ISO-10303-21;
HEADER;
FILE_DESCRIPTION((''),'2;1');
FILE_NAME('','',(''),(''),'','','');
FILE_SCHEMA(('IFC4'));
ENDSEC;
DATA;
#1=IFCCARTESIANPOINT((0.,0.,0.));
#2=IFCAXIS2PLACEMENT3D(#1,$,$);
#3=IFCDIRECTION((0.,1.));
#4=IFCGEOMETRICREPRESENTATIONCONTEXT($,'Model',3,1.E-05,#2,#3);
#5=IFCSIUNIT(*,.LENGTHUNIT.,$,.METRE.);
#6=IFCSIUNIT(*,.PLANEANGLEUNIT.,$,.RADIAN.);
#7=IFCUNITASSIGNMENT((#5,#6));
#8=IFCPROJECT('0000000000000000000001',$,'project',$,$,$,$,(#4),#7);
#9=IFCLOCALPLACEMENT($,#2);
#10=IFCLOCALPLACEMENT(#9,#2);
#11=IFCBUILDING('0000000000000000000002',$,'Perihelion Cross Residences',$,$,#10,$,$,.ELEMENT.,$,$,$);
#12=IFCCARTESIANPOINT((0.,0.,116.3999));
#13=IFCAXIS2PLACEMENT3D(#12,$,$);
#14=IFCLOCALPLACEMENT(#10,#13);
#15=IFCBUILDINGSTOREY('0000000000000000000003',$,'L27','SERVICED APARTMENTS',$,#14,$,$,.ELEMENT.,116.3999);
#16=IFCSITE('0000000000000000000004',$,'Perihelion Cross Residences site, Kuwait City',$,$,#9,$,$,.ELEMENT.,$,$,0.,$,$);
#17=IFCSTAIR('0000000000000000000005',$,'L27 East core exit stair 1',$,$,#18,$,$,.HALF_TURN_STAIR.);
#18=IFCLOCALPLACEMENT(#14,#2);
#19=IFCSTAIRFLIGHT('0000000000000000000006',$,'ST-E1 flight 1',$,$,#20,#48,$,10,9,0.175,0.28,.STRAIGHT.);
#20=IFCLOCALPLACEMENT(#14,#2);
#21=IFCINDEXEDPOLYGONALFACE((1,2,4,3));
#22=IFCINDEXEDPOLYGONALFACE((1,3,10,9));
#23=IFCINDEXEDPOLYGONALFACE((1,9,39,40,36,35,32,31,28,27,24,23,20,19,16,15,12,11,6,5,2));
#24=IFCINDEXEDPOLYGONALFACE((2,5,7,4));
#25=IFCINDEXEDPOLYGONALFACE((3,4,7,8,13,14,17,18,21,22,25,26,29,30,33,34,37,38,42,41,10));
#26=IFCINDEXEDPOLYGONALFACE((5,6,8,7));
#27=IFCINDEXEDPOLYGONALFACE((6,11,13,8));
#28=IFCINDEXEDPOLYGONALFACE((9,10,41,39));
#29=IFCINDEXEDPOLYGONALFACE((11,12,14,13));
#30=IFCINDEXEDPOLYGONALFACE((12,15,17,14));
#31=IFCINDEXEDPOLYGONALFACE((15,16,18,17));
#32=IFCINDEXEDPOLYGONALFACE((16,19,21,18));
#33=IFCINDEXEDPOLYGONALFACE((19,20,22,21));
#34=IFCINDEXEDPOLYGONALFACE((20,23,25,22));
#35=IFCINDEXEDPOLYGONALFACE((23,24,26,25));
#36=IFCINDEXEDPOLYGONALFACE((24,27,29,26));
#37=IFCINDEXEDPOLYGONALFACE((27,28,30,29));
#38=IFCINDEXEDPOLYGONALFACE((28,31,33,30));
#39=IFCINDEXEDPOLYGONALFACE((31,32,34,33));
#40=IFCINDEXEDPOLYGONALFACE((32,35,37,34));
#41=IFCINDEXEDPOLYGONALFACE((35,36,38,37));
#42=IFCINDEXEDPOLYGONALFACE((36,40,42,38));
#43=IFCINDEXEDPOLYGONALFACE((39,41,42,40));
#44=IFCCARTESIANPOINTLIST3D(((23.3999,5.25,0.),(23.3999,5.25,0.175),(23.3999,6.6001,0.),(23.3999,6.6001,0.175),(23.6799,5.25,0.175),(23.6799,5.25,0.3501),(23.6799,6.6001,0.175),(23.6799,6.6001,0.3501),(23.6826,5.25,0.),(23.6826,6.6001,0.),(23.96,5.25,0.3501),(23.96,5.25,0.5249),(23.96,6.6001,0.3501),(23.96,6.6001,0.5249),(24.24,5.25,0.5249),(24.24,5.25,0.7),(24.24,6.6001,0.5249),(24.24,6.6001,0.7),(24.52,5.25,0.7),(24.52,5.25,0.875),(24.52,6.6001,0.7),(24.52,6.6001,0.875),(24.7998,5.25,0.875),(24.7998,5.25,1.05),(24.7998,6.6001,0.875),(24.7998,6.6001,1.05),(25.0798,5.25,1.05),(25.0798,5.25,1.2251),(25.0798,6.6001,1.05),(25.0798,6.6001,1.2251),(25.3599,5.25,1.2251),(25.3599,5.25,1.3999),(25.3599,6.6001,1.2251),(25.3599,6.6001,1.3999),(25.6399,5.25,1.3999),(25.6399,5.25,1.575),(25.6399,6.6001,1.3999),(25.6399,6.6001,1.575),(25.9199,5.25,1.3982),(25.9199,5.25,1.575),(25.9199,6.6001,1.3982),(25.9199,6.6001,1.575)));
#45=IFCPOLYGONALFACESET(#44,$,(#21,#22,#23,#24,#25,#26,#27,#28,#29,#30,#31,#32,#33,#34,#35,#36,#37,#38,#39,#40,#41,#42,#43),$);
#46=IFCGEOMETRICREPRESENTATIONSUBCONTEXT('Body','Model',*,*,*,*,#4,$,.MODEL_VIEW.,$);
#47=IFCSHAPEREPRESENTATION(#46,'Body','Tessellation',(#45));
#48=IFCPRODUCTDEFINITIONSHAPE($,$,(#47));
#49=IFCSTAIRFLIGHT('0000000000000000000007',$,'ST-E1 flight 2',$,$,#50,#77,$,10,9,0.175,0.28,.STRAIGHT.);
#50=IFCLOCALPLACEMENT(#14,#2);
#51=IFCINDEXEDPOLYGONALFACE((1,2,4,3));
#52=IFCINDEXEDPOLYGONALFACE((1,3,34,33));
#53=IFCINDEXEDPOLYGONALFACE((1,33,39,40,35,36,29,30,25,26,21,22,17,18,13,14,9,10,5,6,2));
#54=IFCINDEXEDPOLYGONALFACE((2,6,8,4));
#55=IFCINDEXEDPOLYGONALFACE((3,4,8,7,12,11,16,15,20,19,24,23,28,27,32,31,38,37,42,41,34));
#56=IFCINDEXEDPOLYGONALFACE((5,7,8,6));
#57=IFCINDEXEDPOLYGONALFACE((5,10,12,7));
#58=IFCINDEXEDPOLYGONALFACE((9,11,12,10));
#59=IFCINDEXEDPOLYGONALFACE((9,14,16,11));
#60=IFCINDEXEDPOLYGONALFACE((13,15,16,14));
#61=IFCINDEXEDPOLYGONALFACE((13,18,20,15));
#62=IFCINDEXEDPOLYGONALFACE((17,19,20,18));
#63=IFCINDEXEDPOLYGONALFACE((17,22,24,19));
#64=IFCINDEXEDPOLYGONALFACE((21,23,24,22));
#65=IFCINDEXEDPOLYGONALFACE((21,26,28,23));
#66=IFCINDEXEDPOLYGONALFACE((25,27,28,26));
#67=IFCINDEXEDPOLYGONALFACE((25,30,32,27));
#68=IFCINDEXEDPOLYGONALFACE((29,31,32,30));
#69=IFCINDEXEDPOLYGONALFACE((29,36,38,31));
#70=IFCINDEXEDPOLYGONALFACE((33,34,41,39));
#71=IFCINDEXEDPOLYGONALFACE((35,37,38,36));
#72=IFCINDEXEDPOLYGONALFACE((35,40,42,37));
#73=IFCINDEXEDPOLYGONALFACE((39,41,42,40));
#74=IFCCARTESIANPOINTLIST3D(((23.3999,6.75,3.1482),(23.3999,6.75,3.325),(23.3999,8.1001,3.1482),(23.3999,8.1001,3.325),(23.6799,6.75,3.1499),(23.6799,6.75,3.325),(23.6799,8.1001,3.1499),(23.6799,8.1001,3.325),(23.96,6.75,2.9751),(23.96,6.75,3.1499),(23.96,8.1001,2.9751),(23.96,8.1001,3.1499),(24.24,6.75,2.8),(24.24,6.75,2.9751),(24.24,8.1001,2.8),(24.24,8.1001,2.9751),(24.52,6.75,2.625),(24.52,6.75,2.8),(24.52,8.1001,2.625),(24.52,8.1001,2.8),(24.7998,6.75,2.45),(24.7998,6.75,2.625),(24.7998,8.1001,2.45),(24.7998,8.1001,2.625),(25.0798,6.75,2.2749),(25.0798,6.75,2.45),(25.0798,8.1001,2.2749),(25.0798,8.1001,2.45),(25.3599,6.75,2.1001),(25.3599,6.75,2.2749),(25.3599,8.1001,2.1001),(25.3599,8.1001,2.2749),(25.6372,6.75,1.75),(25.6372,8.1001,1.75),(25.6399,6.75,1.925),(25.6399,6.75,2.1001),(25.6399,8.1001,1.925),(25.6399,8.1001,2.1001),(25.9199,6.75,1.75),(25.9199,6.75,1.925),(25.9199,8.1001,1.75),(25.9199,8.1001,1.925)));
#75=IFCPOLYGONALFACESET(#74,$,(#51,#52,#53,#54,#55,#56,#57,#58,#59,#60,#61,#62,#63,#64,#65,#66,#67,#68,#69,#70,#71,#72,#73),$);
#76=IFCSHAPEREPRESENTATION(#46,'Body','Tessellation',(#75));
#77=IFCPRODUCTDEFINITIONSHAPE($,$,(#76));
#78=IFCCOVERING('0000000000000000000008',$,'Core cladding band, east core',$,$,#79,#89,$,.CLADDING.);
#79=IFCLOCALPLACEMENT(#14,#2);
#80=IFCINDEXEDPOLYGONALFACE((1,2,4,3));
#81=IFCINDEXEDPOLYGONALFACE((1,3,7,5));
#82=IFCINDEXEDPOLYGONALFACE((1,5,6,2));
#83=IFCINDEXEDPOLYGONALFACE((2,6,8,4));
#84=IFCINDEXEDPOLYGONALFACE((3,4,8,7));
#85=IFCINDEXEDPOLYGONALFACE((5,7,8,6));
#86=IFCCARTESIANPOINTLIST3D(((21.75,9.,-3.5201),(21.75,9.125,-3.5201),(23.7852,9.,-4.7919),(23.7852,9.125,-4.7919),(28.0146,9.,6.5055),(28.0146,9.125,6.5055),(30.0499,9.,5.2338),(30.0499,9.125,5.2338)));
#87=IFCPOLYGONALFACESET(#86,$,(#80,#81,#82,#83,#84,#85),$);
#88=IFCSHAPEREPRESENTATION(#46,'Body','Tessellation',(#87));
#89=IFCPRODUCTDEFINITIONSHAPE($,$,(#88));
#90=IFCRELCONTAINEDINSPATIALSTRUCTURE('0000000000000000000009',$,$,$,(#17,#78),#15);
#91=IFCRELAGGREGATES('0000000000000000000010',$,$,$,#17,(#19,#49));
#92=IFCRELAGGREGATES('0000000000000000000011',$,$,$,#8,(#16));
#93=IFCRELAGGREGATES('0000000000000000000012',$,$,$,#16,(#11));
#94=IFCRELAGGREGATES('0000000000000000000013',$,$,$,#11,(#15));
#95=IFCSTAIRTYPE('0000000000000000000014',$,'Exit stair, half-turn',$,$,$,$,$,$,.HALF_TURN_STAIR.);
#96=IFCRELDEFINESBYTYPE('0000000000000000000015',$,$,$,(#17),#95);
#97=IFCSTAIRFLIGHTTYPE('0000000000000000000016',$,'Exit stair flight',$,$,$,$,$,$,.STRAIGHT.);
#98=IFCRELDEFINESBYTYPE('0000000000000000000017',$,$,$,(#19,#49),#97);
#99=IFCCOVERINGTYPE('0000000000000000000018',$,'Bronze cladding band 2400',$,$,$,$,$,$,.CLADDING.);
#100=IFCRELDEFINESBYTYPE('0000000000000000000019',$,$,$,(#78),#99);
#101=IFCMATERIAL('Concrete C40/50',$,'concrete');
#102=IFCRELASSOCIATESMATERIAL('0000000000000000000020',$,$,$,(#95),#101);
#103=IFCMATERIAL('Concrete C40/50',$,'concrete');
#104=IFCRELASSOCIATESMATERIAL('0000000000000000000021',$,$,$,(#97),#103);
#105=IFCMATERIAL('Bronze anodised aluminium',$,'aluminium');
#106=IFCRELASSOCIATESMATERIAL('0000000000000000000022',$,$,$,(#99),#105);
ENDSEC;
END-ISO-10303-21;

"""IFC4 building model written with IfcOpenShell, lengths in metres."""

from ifc_helpers import new_model, si_unit, direction, frame, origin, origin_2d, place, context, subcontext, project, spatial, polyline, rectangle, outline, extrude, material, material_profile, profile_set, type_object, element, aggregate, save


model = new_model("IFC4")

# Units and contexts
model_context = context("Model", 3, precision=1e-05, world=origin(), true_north=direction((0.0, 1.0)))
body_context = subcontext(model_context, "Body", "Model", "MODEL_VIEW")
ifc_project = project(units=[si_unit("LENGTHUNIT", "METRE"), si_unit("PLANEANGLEUNIT", "RADIAN")], contexts=[model_context])

# Site, building, storey
site_placement = place(None, origin())
site = spatial("IfcSite", under=ifc_project, at=site_placement, Name="Perihelion Cross Residences site, Kuwait City", CompositionType="ELEMENT", RefElevation=0.0)
building_placement = place(site_placement, origin())
building = spatial("IfcBuilding", under=site, at=building_placement, Name="Perihelion Cross Residences", CompositionType="ELEMENT")
storey_placement = place(building_placement, frame((0.0, 0.0, 116.3999)))
storey = spatial("IfcBuildingStorey", under=building, at=storey_placement, Name="L27", Description="SERVICED APARTMENTS", CompositionType="ELEMENT", Elevation=116.3999)

# Stair, stair flights
ifc_material_1 = material(Name="Concrete C40/50", Category="concrete")
stair_type = type_object("IfcStairType", Name="Exit stair, half-turn", PredefinedType="HALF_TURN_STAIR", material=ifc_material_1)
stair_placement = place(storey_placement, origin())
stair = element("IfcStair", 1, at=stair_placement, inside=storey, type_object=stair_type, Name="L27 East core exit stair 1", PredefinedType="HALF_TURN_STAIR")
ifc_material_2 = material(Name="Concrete C40/50", Category="concrete")
stair_flight_type = type_object("IfcStairFlightType", Name="Exit stair flight", PredefinedType="STRAIGHT", material=ifc_material_2)
stair_flight_1_placement = place(storey_placement, frame((23.3999, 5.925, 0.0), z_axis=(0.0, 0.0, 1.0), x_axis=(1.0, 0.0, 0.0)))
stair_flight_1 = element("IfcStairFlight", 2, at=stair_flight_1_placement, type_object=stair_flight_type, Name="ST-E1 flight 1", NumberOfRisers=10, NumberOfTreads=9, PredefinedType="STRAIGHT", RiserHeight=0.175, TreadLength=0.28, context=body_context, shape_type="SweptSolid", body=[
    extrude(outline(polyline([(0.0, 0.0), (0.0, 0.175), (0.28, 0.175), (0.28, 0.3501), (0.5601, 0.3501), (0.5601, 0.5249), (0.8401, 0.5249), (0.8401, 0.7), (1.1201, 0.7), (1.1201, 0.875), (1.3999, 0.875), (1.3999, 1.05), (1.6799, 1.05), (1.6799, 1.2251), (1.96, 1.2251), (1.96, 1.3999), (2.24, 1.3999), (2.24, 1.575), (2.52, 1.575), (2.52, 1.75), (2.52, 1.3982), (0.2827, 0.0), (0.0, 0.0)])), frame((0.0, 0.675, 0.0), z_axis=(0.0, -1.0, 0.0), x_axis=(1.0, 0.0, 0.0)), (0.0, 0.0, 1.0), 1.3501),
])
stair_flight_2_placement = place(storey_placement, frame((25.9199, 7.425, 1.75), z_axis=(0.0, 0.0, 1.0), x_axis=(-1.0, 0.0, 0.0)))
stair_flight_2 = element("IfcStairFlight", 3, at=stair_flight_2_placement, type_object=stair_flight_type, Name="ST-E1 flight 2", NumberOfRisers=10, NumberOfTreads=9, PredefinedType="STRAIGHT", RiserHeight=0.175, TreadLength=0.28, context=body_context, shape_type="SweptSolid", body=[
    extrude(outline(polyline([(0.0, 0.0), (0.0, 0.175), (0.28, 0.175), (0.28, 0.3501), (0.5601, 0.3501), (0.5601, 0.5249), (0.8401, 0.5249), (0.8401, 0.7), (1.1201, 0.7), (1.1201, 0.875), (1.3999, 0.875), (1.3999, 1.05), (1.6799, 1.05), (1.6799, 1.2251), (1.96, 1.2251), (1.96, 1.3999), (2.24, 1.3999), (2.24, 1.575), (2.52, 1.575), (2.52, 1.75), (2.52, 1.3982), (0.2827, 0.0), (0.0, 0.0)])), frame((0.0, 0.675, 0.0), z_axis=(0.0, -1.0, 0.0), x_axis=(1.0, 0.0, 0.0)), (0.0, 0.0, 1.0), 1.3501),
])
aggregate(stair, [stair_flight_1, stair_flight_2])

# Covering
ifc_material_3 = material(Name="Bronze anodised aluminium", Category="aluminium")
ifc_material_profile = material_profile(ifc_material_3, rectangle(XDim=0.125, YDim=2.3999, at=origin_2d()), Name="Bronze cladding band 2400")
ifc_profile_set = profile_set([ifc_material_profile], Name="Bronze anodised aluminium")
covering_type = type_object("IfcCoveringType", Name="Bronze cladding band 2400", PredefinedType="CLADDING", material=ifc_profile_set)
covering_placement = place(storey_placement, frame((22.7676, 9.0625, -4.156), z_axis=(0.529915, 0.0, 0.848051), x_axis=(0.0, 1.0, 0.0)))
element("IfcCovering", 4, at=covering_placement, inside=storey, type_object=covering_type, Name="Core cladding band, east core", PredefinedType="CLADDING", context=body_context, shape_type="SweptSolid", body=[
    extrude(rectangle(XDim=0.125, YDim=2.3999, at=origin_2d()), origin(), (0.0, 0.0, 1.0), 11.822),
])

save(model, "model.ifc")
